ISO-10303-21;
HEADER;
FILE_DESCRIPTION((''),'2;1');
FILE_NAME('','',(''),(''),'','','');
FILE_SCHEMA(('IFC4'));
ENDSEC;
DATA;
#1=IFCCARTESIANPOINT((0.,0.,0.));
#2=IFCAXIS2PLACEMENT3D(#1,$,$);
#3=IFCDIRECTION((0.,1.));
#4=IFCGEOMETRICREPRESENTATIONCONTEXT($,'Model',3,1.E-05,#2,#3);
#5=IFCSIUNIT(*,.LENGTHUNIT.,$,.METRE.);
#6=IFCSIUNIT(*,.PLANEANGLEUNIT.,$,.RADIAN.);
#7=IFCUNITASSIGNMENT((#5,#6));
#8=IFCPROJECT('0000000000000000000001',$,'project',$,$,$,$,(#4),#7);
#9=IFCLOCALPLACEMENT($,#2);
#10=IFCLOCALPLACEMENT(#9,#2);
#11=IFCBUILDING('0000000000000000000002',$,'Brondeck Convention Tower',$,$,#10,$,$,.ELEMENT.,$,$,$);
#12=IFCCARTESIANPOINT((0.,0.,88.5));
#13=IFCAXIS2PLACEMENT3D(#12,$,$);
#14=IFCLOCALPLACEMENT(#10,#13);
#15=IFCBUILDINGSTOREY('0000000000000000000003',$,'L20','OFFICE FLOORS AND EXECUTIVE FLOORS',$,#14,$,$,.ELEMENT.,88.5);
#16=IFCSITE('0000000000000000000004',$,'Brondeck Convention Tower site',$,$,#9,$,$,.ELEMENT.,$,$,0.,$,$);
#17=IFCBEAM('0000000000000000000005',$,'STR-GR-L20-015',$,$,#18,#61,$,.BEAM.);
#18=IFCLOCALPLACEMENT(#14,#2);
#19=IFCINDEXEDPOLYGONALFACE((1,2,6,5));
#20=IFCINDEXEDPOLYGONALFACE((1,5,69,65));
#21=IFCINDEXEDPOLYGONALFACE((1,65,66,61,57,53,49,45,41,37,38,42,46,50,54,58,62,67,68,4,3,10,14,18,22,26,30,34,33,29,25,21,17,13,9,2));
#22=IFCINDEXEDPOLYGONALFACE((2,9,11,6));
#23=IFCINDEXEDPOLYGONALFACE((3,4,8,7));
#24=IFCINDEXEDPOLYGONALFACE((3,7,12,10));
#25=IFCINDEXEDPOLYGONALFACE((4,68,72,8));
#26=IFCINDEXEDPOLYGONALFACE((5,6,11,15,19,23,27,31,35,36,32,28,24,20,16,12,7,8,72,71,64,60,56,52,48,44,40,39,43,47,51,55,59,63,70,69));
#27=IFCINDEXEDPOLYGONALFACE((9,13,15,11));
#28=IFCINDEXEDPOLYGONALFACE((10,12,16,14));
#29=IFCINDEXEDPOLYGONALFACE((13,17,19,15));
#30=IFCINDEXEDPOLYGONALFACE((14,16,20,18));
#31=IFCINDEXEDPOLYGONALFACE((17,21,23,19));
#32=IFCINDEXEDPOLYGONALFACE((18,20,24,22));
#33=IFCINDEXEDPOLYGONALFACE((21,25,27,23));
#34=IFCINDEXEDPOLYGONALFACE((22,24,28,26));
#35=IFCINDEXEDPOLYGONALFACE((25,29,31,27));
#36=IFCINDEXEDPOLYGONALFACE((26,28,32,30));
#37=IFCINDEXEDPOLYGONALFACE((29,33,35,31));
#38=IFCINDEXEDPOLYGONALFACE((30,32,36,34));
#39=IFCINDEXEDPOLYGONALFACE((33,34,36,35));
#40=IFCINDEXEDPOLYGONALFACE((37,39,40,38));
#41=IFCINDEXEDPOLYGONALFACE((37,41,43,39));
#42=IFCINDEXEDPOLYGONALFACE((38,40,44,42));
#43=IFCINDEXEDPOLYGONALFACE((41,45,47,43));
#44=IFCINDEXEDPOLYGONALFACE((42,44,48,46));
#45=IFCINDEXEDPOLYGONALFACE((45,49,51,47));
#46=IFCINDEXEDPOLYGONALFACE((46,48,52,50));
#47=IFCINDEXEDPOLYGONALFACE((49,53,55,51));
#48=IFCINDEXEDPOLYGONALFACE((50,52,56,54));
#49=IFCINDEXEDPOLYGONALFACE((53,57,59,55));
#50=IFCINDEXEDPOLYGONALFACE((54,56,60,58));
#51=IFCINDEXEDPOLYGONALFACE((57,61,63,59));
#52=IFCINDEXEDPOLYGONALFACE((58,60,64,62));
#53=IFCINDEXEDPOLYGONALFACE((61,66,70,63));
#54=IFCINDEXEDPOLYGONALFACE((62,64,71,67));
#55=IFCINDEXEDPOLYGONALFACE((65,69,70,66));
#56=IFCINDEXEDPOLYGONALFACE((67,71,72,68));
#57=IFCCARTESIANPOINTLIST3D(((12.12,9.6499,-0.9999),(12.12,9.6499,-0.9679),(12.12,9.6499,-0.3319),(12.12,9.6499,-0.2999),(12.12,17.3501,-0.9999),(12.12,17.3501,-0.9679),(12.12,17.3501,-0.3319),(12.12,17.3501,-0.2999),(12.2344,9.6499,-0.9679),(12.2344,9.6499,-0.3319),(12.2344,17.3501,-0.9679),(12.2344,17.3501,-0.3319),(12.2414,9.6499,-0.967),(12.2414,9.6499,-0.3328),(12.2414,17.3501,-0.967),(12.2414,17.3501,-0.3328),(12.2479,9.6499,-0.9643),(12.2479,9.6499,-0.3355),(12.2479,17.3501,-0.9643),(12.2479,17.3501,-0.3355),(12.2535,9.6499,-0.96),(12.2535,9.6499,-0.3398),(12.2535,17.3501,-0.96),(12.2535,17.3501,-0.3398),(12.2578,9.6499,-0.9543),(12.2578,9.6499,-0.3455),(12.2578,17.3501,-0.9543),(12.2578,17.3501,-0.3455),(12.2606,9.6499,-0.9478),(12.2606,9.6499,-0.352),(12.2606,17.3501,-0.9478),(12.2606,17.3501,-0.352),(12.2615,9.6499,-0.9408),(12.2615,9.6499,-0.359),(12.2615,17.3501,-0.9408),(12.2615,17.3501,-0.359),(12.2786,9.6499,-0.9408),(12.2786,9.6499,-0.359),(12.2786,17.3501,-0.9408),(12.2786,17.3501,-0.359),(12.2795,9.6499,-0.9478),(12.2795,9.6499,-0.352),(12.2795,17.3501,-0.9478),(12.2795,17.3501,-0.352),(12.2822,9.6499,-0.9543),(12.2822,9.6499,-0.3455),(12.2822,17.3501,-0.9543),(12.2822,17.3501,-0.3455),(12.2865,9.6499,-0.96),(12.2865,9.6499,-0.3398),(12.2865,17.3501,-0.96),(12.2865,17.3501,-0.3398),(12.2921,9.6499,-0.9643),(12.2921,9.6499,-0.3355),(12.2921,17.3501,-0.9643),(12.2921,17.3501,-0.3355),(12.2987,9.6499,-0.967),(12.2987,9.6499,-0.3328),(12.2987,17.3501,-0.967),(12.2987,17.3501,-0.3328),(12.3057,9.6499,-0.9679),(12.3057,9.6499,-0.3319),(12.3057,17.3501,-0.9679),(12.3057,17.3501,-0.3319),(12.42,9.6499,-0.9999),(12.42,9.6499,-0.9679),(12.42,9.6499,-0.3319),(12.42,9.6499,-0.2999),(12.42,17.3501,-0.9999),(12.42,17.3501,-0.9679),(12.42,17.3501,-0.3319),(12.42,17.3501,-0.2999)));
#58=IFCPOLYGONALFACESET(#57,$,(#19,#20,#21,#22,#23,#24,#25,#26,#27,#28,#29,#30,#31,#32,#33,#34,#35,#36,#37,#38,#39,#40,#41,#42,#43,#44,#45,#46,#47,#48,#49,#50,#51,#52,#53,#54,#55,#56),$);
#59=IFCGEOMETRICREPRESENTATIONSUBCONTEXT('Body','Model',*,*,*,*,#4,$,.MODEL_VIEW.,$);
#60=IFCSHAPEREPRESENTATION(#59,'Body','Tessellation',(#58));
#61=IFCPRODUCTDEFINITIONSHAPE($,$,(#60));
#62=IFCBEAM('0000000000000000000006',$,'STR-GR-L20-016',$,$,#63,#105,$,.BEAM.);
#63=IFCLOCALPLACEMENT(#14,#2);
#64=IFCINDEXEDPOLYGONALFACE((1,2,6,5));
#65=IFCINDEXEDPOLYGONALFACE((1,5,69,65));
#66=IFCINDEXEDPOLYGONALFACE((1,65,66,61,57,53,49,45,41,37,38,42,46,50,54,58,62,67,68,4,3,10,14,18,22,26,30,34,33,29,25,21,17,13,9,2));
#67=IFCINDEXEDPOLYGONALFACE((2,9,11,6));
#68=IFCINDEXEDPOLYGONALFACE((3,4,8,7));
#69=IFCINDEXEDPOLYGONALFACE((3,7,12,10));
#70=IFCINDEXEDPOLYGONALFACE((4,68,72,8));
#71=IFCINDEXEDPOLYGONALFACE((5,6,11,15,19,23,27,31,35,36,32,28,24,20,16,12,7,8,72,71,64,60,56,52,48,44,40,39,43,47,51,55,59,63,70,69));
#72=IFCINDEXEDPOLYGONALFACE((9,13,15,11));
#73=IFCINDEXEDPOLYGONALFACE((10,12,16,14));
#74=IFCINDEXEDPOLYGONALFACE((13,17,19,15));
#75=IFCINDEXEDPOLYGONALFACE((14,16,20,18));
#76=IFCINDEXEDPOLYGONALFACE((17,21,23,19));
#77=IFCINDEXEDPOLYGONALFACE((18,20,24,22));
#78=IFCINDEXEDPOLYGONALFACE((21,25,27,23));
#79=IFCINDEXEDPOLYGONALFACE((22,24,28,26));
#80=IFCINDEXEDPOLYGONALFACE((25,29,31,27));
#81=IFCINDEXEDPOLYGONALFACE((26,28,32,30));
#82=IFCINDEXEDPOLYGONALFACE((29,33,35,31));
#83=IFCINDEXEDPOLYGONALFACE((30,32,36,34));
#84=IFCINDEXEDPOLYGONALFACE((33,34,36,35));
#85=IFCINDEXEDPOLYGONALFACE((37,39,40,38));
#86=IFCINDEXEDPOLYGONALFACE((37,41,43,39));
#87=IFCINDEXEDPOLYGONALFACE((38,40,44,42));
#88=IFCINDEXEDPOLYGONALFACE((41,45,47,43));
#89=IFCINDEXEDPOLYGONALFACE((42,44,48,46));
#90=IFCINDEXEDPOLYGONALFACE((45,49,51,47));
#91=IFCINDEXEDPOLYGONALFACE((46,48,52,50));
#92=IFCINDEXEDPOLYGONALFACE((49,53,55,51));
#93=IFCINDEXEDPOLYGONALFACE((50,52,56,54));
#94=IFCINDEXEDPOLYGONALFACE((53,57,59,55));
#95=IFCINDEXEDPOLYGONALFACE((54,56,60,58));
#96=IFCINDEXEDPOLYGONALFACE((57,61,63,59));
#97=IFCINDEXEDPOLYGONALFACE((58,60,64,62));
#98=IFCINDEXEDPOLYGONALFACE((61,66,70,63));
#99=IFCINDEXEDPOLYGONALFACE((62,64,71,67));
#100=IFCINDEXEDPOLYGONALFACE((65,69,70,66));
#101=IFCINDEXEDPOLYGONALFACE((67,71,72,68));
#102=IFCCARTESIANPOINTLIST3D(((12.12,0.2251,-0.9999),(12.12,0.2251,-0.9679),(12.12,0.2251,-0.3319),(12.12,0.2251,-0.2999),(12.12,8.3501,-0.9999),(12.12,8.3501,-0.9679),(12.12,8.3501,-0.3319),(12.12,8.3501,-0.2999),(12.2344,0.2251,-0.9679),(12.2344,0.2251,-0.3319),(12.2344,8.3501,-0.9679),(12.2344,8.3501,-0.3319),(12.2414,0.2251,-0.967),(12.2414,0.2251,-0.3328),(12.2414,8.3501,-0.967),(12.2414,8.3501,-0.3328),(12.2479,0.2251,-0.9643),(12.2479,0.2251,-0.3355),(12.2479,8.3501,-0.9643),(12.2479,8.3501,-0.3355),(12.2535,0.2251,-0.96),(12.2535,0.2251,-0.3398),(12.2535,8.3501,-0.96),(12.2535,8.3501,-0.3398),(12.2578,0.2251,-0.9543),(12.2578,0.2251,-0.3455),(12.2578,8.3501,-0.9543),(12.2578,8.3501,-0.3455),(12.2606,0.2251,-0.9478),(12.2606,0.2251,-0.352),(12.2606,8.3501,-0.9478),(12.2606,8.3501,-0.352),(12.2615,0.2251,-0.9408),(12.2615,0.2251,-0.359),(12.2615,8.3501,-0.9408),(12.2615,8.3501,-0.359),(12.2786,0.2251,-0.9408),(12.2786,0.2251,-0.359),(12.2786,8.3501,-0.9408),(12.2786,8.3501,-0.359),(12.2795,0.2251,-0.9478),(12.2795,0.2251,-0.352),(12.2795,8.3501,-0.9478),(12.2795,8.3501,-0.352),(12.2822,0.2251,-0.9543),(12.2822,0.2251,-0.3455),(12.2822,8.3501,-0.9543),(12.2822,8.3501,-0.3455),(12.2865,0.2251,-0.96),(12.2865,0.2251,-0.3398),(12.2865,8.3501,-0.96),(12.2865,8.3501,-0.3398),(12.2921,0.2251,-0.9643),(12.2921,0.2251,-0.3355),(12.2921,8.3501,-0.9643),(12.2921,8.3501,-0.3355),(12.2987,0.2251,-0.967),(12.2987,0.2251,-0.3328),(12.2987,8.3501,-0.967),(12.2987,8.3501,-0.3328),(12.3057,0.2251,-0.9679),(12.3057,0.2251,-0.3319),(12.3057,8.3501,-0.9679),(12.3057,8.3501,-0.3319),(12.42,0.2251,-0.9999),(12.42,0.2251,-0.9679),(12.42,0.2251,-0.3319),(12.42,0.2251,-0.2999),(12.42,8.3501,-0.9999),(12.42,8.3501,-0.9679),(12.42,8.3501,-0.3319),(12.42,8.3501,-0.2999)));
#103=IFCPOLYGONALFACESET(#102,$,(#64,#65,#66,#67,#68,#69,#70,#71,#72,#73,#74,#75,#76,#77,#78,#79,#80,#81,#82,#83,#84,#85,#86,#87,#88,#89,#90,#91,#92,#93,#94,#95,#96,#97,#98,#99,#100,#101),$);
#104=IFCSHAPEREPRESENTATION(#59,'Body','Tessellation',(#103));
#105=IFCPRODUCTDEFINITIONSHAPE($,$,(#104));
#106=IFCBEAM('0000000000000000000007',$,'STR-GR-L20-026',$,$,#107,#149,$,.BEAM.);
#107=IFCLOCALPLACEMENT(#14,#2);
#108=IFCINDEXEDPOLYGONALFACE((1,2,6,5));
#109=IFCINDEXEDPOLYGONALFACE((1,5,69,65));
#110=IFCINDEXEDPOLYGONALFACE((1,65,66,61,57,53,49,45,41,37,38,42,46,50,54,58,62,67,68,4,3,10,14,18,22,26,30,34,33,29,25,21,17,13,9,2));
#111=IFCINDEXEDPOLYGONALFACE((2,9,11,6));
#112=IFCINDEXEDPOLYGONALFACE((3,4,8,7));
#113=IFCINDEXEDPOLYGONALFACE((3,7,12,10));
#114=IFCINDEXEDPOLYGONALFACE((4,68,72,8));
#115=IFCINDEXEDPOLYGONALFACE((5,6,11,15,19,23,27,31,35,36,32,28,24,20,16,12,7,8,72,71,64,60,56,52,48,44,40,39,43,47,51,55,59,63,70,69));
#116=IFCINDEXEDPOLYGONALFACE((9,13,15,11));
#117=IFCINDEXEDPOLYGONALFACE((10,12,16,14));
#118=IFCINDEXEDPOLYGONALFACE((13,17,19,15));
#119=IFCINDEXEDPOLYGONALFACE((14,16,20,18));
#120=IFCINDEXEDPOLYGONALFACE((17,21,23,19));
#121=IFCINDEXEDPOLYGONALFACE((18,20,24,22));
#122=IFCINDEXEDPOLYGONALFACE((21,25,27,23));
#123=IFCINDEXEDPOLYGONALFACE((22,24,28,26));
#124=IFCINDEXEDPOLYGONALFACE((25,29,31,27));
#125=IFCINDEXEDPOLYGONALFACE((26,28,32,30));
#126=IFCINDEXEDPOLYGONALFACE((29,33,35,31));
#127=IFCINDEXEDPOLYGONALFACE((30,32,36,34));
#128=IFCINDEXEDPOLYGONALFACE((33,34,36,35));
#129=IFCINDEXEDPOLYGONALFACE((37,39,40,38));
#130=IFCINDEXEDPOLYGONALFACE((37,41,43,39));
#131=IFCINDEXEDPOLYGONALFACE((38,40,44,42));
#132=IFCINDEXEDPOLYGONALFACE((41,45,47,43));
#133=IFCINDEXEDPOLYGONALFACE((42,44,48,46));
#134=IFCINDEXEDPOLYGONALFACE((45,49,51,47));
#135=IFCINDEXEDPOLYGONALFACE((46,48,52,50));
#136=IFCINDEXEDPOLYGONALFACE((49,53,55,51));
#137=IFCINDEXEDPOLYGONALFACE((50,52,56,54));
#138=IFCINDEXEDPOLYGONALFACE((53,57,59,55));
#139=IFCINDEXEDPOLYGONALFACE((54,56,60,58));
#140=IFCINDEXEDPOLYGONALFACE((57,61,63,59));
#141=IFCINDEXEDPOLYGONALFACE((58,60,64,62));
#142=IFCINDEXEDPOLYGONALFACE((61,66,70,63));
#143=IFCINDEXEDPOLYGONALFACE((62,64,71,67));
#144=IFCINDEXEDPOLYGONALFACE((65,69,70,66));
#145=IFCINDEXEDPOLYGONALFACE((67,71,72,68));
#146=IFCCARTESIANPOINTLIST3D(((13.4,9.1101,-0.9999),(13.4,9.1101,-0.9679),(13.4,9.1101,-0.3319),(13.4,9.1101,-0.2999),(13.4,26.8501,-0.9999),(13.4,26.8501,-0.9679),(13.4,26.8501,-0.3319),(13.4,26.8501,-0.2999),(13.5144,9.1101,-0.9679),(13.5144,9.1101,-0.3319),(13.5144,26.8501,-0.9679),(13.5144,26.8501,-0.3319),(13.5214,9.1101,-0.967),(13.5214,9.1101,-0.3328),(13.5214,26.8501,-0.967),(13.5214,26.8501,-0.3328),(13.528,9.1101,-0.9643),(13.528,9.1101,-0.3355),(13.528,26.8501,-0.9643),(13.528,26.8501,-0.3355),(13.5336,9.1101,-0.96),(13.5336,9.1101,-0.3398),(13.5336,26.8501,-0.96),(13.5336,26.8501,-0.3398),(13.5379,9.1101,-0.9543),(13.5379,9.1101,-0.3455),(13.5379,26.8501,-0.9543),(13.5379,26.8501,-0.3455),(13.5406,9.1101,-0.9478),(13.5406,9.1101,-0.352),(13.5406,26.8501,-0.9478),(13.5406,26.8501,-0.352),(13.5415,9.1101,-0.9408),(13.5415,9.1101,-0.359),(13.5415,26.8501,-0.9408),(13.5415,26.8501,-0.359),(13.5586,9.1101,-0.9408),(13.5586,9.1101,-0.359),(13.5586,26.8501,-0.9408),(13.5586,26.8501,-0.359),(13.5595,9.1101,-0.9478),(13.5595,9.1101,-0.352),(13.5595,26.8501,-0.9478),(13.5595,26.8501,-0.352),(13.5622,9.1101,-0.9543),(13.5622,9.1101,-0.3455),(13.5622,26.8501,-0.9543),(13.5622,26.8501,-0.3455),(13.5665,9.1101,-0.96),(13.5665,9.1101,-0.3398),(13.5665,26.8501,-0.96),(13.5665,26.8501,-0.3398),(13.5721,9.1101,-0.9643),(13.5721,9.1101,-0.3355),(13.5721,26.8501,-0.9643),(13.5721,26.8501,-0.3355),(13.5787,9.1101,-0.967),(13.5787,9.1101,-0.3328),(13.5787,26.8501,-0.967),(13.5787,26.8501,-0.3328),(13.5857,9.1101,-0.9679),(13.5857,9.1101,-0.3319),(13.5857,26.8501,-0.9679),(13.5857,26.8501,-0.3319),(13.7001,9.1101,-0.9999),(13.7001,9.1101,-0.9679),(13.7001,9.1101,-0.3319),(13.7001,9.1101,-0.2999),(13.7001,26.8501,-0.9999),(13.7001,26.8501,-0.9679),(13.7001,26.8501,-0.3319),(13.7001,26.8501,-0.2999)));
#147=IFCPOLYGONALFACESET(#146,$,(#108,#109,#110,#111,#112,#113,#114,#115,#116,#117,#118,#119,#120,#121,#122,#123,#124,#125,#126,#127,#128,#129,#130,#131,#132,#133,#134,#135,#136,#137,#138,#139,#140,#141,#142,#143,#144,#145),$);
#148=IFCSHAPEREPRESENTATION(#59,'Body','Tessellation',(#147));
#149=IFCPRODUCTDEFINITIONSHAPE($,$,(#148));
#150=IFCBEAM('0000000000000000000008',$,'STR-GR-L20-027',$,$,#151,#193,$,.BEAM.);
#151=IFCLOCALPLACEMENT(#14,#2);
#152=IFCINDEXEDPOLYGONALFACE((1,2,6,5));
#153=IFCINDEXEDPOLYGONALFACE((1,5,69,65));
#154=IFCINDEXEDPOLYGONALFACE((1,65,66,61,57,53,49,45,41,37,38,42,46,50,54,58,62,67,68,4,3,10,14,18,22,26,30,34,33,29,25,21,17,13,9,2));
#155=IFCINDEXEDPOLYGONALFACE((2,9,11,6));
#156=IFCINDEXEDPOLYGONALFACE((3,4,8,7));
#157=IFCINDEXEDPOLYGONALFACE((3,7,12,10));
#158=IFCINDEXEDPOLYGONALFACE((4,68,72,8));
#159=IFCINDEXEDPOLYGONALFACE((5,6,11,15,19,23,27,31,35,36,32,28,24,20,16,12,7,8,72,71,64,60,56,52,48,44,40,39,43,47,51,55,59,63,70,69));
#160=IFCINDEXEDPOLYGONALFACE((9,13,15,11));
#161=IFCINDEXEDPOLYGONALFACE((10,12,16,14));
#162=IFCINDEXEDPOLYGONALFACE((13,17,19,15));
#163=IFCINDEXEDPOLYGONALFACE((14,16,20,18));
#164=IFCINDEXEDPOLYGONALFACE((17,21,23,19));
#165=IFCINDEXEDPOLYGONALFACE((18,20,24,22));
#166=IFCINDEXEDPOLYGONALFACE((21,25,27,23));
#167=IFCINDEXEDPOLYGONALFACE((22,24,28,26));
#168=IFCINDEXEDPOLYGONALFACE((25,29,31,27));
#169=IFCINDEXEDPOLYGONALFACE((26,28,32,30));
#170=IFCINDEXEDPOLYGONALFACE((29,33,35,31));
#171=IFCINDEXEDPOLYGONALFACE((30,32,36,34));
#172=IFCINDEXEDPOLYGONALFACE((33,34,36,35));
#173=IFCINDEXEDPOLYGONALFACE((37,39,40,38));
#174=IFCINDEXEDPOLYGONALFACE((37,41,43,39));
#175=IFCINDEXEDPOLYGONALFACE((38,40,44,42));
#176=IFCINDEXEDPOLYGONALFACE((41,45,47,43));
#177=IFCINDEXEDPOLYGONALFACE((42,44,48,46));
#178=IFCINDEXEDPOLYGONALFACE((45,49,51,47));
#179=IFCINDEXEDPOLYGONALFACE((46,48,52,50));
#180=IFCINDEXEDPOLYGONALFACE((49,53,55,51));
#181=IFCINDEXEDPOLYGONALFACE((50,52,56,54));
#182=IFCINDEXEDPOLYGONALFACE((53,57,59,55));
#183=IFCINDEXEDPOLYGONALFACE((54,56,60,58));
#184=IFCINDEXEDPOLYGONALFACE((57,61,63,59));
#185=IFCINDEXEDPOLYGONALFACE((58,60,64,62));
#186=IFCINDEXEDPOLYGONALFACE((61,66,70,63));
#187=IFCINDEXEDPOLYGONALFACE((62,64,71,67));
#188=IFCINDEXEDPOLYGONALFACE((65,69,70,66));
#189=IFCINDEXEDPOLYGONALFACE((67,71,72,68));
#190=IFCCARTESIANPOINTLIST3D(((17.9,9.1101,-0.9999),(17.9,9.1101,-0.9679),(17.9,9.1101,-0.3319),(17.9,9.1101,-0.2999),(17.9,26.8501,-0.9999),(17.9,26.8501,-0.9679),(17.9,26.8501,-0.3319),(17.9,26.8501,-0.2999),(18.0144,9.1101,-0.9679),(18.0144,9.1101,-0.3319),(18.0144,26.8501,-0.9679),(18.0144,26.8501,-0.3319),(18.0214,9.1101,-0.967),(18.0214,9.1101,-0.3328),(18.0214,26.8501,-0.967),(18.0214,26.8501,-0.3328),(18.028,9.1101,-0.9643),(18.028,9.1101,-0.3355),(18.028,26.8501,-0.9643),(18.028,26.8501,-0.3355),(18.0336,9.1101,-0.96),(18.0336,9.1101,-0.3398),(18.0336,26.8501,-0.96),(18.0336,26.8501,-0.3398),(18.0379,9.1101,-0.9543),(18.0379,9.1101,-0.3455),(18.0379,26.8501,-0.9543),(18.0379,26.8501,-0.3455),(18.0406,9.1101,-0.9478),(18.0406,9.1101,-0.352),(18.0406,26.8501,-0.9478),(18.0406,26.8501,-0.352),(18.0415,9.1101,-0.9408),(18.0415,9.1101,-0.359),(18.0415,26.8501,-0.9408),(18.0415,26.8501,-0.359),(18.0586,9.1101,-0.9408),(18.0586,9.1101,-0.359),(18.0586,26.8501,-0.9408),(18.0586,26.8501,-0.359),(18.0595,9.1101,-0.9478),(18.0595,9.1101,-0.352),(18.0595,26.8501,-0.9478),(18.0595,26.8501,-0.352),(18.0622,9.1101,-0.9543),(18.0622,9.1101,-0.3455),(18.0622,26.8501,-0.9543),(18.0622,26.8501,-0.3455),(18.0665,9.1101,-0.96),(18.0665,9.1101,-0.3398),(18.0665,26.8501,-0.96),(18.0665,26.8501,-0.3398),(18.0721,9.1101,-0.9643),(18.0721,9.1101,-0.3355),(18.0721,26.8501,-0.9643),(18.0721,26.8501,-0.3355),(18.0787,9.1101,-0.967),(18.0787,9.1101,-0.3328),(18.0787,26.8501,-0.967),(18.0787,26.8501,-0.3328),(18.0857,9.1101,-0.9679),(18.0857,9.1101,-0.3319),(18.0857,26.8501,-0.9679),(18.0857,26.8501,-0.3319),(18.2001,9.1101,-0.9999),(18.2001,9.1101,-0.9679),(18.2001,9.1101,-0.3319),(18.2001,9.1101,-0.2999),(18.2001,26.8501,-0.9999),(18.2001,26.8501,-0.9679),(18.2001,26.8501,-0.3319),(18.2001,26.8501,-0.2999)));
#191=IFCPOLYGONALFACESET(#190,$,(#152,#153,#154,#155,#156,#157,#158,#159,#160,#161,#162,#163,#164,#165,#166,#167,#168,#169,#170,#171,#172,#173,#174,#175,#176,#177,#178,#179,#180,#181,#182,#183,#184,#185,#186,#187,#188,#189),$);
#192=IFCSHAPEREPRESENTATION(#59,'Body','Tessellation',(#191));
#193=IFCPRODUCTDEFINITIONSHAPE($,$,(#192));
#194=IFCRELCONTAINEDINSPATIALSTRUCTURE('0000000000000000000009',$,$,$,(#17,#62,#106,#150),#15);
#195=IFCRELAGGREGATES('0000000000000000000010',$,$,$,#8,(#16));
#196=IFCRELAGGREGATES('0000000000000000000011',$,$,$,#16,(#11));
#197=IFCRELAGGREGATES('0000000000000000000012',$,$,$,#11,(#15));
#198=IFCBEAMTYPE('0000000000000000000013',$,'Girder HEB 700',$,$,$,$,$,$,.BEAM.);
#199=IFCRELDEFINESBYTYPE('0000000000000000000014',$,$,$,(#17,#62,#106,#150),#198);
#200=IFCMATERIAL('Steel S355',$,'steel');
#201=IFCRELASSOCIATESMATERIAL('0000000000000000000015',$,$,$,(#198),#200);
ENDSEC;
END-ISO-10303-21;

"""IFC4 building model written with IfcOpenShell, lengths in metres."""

from ifc_helpers import new_model, si_unit, direction, frame, origin, origin_2d, place, context, subcontext, project, spatial, i_section, extrude, material, material_profile, profile_set, type_object, element, save


model = new_model("IFC4")

# Units and contexts
model_context = context("Model", 3, precision=1e-05, world=origin(), true_north=direction((0.0, 1.0)))
body_context = subcontext(model_context, "Body", "Model", "MODEL_VIEW")
ifc_project = project(units=[si_unit("LENGTHUNIT", "METRE"), si_unit("PLANEANGLEUNIT", "RADIAN")], contexts=[model_context])

# Site, building, storey
site_placement = place(None, origin())
site = spatial("IfcSite", under=ifc_project, at=site_placement, Name="Brondeck Convention Tower site", CompositionType="ELEMENT", RefElevation=0.0)
building_placement = place(site_placement, origin())
building = spatial("IfcBuilding", under=site, at=building_placement, Name="Brondeck Convention Tower", CompositionType="ELEMENT")
storey_placement = place(building_placement, frame((0.0, 0.0, 88.5)))
storey = spatial("IfcBuildingStorey", under=building, at=storey_placement, Name="L20", Description="OFFICE FLOORS AND EXECUTIVE FLOORS", CompositionType="ELEMENT", Elevation=88.5)

# Beams
ifc_material_1 = material(Name="Steel S355", Category="steel")
ifc_material_profile_1 = material_profile(ifc_material_1, i_section(OverallWidth=0.3, OverallDepth=0.7, WebThickness=0.0171, FlangeThickness=0.032, FilletRadius=0.0271, at=origin_2d()), Name="HEB 700")
ifc_profile_set_1 = profile_set([ifc_material_profile_1], Name="Steel S355")
beam_type_1 = type_object("IfcBeamType", Name="Girder HEB 700", PredefinedType="BEAM", material=ifc_profile_set_1)
beam_1_placement = place(storey_placement, frame((12.27, 17.3501, -0.6499), z_axis=(0.0, -1.0, 0.0), x_axis=(1.0, 0.0, 0.0)))
element("IfcBeam", 1, at=beam_1_placement, inside=storey, type_object=beam_type_1, Name="STR-GR-L20-015", PredefinedType="BEAM", context=body_context, shape_type="SweptSolid", body=[
    extrude(i_section(OverallWidth=0.3, OverallDepth=0.7, WebThickness=0.0171, FlangeThickness=0.032, FilletRadius=0.0271, at=origin_2d()), origin(), (0.0, 0.0, 1.0), 7.7002),
])
beam_2_placement = place(storey_placement, frame((12.27, 8.3501, -0.6499), z_axis=(0.0, -1.0, 0.0), x_axis=(1.0, 0.0, 0.0)))
element("IfcBeam", 2, at=beam_2_placement, inside=storey, type_object=beam_type_1, Name="STR-GR-L20-016", PredefinedType="BEAM", context=body_context, shape_type="SweptSolid", body=[
    extrude(i_section(OverallWidth=0.3, OverallDepth=0.7, WebThickness=0.0171, FlangeThickness=0.032, FilletRadius=0.0271, at=origin_2d()), origin(), (0.0, 0.0, 1.0), 8.125),
])
for number, where, z_axis, x_axis, name in (
    (3, (13.55, 9.1101, -0.6499), (0.0, 1.0, 0.0), (-1.0, 0.0, 0.0), "STR-GR-L20-026"),
    (4, (18.05, 9.1101, -0.6499), (0.0, 1.0, 0.0), (-1.0, 0.0, 0.0), "STR-GR-L20-027"),
):
    element("IfcBeam", number, at=place(storey_placement, frame(where, z_axis=z_axis, x_axis=x_axis)), inside=storey, type_object=beam_type_1, Name=name, PredefinedType="BEAM", context=body_context, shape_type="SweptSolid", body=[
        extrude(i_section(OverallWidth=0.3, OverallDepth=0.7, WebThickness=0.0171, FlangeThickness=0.032, FilletRadius=0.0271, at=origin_2d()), origin(), (0.0, 0.0, 1.0), 17.74),
    ])

save(model, "model.ifc")
